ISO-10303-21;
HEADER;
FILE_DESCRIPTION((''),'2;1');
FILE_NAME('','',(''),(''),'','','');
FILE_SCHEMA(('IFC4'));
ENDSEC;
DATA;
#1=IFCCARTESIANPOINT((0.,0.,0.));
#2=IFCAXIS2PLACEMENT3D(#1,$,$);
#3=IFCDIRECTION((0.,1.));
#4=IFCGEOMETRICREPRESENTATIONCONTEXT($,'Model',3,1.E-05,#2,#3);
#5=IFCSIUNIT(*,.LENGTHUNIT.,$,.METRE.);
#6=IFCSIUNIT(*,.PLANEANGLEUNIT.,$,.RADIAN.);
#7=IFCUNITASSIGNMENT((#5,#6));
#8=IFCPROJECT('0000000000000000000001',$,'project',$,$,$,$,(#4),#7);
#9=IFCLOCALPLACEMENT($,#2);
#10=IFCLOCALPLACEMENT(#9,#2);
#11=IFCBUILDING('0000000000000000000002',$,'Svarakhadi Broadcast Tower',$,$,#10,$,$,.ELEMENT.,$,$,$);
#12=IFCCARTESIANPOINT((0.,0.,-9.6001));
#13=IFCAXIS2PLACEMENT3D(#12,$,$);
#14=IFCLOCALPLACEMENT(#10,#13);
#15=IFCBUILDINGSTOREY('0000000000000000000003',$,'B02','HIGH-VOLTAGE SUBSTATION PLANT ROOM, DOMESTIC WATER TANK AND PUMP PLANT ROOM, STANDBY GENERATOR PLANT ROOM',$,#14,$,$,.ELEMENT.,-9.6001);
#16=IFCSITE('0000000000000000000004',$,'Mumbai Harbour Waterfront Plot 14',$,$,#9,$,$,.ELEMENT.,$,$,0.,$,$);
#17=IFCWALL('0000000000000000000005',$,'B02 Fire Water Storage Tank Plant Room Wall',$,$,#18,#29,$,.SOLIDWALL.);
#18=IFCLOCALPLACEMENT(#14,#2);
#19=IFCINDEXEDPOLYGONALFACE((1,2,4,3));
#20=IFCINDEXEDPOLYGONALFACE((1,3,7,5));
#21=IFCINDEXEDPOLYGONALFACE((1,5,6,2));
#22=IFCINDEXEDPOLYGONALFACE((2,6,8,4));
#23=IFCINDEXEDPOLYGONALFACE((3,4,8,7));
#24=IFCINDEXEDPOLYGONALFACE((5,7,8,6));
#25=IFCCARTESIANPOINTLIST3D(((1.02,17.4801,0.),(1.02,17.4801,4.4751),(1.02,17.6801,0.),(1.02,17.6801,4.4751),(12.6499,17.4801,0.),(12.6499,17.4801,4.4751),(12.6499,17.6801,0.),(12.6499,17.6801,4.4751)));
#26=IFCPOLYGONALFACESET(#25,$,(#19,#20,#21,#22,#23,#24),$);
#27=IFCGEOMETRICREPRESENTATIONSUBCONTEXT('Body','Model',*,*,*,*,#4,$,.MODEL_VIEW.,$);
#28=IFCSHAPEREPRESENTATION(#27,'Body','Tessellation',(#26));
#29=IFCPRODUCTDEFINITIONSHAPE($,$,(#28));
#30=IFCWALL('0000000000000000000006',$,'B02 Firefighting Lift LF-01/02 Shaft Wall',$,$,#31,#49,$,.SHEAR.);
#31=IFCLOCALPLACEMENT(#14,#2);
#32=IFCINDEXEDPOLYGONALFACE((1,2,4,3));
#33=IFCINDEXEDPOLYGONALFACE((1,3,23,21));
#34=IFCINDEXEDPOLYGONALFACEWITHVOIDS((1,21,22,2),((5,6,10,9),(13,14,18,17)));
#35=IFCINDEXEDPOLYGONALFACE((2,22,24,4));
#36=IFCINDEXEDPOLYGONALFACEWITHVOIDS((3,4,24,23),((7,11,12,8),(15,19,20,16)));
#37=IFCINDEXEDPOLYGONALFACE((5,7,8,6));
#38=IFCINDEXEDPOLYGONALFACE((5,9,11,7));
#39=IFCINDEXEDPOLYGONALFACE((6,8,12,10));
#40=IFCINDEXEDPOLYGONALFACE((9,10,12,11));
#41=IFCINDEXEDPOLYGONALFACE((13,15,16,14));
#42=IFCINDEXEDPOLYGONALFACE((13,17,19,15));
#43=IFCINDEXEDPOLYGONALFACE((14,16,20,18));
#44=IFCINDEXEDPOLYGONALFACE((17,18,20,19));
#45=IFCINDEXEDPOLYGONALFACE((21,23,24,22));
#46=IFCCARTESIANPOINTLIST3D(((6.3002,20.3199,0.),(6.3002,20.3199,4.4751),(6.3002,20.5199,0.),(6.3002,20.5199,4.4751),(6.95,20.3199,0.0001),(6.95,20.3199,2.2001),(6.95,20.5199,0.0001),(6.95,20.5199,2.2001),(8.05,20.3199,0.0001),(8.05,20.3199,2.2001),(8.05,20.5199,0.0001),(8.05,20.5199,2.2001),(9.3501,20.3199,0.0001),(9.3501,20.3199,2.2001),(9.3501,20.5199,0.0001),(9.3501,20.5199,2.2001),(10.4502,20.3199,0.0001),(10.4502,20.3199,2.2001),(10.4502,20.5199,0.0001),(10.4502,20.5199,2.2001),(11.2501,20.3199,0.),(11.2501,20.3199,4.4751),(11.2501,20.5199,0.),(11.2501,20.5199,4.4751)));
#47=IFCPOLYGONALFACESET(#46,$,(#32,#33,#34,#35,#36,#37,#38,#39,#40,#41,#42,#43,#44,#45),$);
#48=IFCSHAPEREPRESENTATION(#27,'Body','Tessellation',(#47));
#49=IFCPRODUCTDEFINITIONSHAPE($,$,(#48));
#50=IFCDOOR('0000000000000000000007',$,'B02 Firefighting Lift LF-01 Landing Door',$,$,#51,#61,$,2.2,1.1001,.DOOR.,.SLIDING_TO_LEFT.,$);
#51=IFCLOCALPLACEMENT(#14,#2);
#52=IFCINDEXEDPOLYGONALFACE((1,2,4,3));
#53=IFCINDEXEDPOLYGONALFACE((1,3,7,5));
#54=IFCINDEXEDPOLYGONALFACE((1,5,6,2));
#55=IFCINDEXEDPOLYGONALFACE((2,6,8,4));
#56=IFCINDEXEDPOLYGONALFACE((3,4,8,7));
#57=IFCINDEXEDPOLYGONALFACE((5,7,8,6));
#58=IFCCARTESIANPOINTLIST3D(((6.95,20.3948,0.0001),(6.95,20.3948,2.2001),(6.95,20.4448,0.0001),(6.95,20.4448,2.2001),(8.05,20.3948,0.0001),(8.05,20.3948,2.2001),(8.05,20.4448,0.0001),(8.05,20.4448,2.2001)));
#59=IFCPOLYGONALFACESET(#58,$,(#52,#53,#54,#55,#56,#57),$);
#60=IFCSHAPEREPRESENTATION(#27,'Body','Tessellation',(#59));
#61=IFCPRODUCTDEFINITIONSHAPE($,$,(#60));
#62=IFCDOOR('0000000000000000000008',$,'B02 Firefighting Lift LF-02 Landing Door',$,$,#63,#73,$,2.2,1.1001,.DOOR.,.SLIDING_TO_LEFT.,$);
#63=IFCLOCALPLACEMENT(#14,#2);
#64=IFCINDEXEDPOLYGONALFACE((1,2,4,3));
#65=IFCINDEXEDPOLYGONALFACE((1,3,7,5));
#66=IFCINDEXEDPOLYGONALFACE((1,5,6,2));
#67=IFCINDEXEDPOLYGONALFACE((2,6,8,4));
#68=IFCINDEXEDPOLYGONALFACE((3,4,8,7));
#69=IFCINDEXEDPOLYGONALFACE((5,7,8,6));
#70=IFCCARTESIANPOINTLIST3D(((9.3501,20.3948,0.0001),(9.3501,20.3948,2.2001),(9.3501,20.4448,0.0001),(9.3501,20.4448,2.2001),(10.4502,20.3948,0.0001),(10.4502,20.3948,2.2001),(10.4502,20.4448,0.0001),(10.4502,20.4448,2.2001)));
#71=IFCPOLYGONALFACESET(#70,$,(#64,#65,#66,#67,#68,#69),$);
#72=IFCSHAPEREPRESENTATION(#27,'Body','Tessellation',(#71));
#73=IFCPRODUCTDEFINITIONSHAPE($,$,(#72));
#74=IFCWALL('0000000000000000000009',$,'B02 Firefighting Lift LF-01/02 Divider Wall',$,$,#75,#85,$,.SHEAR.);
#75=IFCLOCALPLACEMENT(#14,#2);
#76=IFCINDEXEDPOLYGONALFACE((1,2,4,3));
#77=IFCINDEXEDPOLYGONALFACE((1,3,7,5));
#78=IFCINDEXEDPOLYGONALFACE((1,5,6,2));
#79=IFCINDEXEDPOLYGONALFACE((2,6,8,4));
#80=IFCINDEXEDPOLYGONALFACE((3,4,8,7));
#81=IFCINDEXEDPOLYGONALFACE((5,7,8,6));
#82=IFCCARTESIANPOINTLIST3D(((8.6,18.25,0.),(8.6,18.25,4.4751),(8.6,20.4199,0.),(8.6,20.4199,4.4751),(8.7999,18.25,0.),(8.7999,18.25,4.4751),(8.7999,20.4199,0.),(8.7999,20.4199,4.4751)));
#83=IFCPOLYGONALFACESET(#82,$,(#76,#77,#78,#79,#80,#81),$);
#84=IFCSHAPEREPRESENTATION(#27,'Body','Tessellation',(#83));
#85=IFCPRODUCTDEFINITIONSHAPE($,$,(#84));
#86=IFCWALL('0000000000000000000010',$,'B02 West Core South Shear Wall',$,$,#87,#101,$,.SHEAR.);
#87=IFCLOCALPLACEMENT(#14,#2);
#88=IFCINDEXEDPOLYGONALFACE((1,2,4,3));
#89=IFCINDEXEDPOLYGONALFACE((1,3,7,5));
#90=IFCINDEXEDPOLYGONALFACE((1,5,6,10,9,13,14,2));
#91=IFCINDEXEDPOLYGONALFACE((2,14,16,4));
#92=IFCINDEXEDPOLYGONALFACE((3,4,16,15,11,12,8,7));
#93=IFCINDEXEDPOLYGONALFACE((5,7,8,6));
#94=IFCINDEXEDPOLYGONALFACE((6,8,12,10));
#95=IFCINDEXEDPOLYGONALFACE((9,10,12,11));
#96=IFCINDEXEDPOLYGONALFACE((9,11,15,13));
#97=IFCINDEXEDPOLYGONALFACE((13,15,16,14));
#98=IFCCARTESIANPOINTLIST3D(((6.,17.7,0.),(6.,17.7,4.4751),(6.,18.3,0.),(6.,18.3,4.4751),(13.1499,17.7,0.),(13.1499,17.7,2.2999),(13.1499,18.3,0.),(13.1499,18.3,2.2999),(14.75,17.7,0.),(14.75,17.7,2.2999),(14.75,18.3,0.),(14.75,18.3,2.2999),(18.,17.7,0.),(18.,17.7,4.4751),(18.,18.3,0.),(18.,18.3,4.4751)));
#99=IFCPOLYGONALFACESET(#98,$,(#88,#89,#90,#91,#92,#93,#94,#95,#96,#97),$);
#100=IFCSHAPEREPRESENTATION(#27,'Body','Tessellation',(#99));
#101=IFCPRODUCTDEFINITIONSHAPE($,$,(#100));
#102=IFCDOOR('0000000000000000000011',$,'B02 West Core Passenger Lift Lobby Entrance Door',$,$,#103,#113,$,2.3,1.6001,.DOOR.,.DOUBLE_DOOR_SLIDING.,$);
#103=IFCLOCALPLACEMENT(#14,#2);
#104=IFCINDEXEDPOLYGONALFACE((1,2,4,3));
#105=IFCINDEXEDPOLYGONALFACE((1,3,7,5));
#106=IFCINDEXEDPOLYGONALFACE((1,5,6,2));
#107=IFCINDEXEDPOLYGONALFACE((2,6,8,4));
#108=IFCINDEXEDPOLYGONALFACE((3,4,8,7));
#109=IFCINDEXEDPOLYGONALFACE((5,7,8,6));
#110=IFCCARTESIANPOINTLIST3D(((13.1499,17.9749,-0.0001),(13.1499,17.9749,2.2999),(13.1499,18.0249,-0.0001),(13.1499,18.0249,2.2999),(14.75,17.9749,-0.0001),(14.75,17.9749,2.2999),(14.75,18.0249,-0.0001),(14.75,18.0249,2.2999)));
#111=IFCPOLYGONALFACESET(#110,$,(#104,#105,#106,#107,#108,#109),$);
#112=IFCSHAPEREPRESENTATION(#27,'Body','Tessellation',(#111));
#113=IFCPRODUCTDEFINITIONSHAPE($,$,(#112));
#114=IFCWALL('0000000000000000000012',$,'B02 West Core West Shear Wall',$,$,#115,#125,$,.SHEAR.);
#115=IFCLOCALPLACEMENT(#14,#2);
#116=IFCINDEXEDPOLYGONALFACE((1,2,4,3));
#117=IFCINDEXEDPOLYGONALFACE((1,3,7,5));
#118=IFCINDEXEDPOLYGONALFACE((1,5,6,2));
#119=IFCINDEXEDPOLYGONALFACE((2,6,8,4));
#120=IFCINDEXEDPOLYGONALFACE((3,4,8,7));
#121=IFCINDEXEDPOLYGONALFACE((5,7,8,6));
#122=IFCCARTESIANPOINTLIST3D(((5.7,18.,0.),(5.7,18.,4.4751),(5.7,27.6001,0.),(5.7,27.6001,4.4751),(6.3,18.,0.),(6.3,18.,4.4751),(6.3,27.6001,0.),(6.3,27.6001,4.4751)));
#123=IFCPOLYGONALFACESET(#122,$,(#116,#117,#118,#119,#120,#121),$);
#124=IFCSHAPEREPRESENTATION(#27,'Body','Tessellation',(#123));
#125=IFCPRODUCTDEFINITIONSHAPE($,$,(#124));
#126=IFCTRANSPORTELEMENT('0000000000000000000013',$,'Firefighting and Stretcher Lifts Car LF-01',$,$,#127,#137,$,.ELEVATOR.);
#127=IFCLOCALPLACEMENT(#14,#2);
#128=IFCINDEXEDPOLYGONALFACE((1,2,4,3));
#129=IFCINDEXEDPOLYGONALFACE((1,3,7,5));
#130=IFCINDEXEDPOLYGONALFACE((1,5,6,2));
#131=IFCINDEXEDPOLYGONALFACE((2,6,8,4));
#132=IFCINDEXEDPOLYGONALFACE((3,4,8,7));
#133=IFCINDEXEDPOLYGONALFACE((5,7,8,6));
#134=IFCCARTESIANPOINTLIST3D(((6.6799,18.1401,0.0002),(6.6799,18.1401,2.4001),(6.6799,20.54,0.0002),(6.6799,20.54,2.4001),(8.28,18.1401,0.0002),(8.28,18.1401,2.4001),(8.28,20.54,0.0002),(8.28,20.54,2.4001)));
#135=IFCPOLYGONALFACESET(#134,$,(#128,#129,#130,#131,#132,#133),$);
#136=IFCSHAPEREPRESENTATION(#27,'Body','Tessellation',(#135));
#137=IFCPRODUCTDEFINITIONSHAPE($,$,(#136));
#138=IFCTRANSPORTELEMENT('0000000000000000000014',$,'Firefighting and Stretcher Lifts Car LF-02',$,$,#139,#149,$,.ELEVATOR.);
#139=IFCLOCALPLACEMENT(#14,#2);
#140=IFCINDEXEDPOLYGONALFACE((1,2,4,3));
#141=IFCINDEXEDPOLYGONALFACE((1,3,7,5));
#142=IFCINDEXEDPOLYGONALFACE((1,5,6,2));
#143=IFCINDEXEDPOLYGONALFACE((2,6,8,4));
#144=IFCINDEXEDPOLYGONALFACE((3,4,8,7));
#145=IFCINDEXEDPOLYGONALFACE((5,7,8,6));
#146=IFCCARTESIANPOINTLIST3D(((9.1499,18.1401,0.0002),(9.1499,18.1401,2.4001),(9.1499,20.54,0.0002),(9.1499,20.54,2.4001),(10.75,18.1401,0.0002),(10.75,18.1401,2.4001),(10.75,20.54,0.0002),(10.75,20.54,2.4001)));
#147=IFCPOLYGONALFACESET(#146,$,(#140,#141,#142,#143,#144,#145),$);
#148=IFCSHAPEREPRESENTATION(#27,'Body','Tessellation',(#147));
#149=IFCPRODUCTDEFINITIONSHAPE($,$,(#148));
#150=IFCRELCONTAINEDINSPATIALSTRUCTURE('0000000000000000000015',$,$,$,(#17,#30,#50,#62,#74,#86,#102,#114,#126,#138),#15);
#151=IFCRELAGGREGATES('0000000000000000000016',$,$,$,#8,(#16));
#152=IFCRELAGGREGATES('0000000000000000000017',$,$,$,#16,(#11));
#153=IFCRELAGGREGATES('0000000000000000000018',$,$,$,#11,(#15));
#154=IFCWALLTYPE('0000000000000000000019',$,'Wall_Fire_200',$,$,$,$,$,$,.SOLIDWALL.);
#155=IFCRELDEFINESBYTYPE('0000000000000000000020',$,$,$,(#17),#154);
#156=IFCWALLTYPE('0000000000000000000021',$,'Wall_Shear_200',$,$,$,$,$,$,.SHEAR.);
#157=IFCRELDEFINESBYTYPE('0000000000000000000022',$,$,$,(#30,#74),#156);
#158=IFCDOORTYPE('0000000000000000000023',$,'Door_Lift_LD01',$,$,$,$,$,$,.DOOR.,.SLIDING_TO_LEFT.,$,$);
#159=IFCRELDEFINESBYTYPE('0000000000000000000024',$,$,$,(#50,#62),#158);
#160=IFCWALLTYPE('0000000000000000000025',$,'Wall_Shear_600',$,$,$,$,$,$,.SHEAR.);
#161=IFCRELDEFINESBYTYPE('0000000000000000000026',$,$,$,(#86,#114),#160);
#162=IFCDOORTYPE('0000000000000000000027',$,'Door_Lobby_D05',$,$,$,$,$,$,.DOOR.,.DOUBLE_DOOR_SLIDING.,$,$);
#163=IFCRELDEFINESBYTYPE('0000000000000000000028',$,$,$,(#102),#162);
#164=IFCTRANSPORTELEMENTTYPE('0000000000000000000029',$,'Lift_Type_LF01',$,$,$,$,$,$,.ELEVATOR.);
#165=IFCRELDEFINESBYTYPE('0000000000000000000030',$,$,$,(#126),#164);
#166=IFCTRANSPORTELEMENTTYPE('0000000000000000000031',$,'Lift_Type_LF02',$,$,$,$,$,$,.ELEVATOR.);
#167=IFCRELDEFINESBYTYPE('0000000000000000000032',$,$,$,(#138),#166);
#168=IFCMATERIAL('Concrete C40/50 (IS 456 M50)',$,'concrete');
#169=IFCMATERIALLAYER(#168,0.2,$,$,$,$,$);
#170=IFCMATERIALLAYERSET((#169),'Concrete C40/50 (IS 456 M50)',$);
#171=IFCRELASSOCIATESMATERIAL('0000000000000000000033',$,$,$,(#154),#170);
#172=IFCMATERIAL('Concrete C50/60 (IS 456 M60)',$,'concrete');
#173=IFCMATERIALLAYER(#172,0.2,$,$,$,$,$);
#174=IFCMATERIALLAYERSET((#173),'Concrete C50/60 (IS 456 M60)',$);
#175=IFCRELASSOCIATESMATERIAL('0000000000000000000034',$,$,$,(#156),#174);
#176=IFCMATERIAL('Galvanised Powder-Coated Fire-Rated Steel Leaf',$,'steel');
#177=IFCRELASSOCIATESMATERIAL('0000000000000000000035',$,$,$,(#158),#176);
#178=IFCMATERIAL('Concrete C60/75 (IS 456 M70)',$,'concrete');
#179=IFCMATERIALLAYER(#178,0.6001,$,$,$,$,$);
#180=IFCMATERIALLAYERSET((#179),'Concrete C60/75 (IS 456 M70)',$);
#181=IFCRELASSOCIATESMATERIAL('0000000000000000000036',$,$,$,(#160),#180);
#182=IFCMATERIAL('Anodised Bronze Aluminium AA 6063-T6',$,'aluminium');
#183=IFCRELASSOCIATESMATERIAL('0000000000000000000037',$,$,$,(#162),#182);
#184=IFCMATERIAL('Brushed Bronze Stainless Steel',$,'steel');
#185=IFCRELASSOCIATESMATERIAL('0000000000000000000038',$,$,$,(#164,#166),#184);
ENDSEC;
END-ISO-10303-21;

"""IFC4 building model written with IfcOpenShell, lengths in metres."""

from ifc_helpers import new_model, si_unit, direction, frame, frame_2d, origin, origin_2d, place, context, subcontext, project, spatial, rectangle, extrude, material, layer, layer_set, type_object, element, fill, save


model = new_model("IFC4")

# Units and contexts
model_context = context("Model", 3, precision=1e-05, world=origin(), true_north=direction((0.0, 1.0)))
body_context = subcontext(model_context, "Body", "Model", "MODEL_VIEW")
ifc_project = project(units=[si_unit("LENGTHUNIT", "METRE"), si_unit("PLANEANGLEUNIT", "RADIAN")], contexts=[model_context])

# Site, building, storey
site_placement = place(None, origin())
site = spatial("IfcSite", under=ifc_project, at=site_placement, Name="Mumbai Harbour Waterfront Plot 14", CompositionType="ELEMENT", RefElevation=0.0)
building_placement = place(site_placement, origin())
building = spatial("IfcBuilding", under=site, at=building_placement, Name="Svarakhadi Broadcast Tower", CompositionType="ELEMENT")
storey_placement = place(building_placement, frame((0.0, 0.0, -9.6001)))
storey = spatial("IfcBuildingStorey", under=building, at=storey_placement, Name="B02", Description="HIGH-VOLTAGE SUBSTATION PLANT ROOM, DOMESTIC WATER TANK AND PUMP PLANT ROOM, STANDBY GENERATOR PLANT ROOM", CompositionType="ELEMENT", Elevation=-9.6001)

# Shared definitions
ifc_material_1 = material(Name="Concrete C60/75 (IS 456 M70)", Category="concrete")

# Wall
ifc_material_2 = material(Name="Concrete C40/50 (IS 456 M50)", Category="concrete")
ifc_layer_1 = layer(ifc_material_2, 0.2)
ifc_layer_set_1 = layer_set([ifc_layer_1], Name="Concrete C40/50 (IS 456 M50)")
wall_type_1 = type_object("IfcWallType", Name="Wall_Fire_200", PredefinedType="SOLIDWALL", material=ifc_layer_set_1)
for number, where, z_axis, x_axis, name in (
    (1, (1.02, 17.5801, 0.0), (0.0, 0.0, 1.0), (1.0, 0.0, 0.0), "B02 Fire Water Storage Tank Plant Room Wall"),
):
    element("IfcWall", number, at=place(storey_placement, frame(where, z_axis=z_axis, x_axis=x_axis)), inside=storey, type_object=wall_type_1, Name=name, PredefinedType="SOLIDWALL", context=body_context, shape_type="SweptSolid", body=[
        extrude(rectangle(XDim=11.6299, YDim=0.2, at=frame_2d((5.8149, 0.0))), origin(), (0.0, 0.0, 1.0), 4.4751),
    ])

# Wall, openings, doors
ifc_material_3 = material(Name="Concrete C50/60 (IS 456 M60)", Category="concrete")
ifc_layer_2 = layer(ifc_material_3, 0.2)
ifc_layer_set_2 = layer_set([ifc_layer_2], Name="Concrete C50/60 (IS 456 M60)")
wall_type_2 = type_object("IfcWallType", Name="Wall_Shear_200", PredefinedType="SHEAR", material=ifc_layer_set_2)
wall_1_placement = place(storey_placement, frame((6.3, 20.4199, 0.0), z_axis=(0.0, 0.0, 1.0), x_axis=(1.0, 0.0, 0.0)))
wall_1 = element("IfcWall", 2, at=wall_1_placement, inside=storey, type_object=wall_type_2, Name="B02 Firefighting Lift LF-01/02 Shaft Wall", PredefinedType="SHEAR", context=body_context, shape_type="SweptSolid", body=[
    extrude(rectangle(XDim=4.95, YDim=0.2, at=frame_2d((2.4751, 0.0))), origin(), (0.0, 0.0, 1.0), 4.4751),
])
opening_1_placement = place(wall_1_placement, frame((0.6499, 0.0, 0.0)))
opening_1 = element("IfcOpeningElement", 3, at=opening_1_placement, cuts=wall_1, PredefinedType="OPENING", context=body_context, shape_type="SweptSolid", body=[
    extrude(rectangle(XDim=1.1001, YDim=2.2, at=frame_2d((0.55, 1.1001))), frame((0.0, 0.1099, 0.0), z_axis=(0.0, -1.0, 0.0), x_axis=(1.0, 0.0, 0.0)), (0.0, 0.0, 1.0), 0.22),
])
opening_2_placement = place(wall_1_placement, frame((3.05, 0.0, 0.0)))
opening_2 = element("IfcOpeningElement", 4, at=opening_2_placement, cuts=wall_1, PredefinedType="OPENING", context=body_context, shape_type="SweptSolid", body=[
    extrude(rectangle(XDim=1.1001, YDim=2.2, at=frame_2d((0.55, 1.1001))), frame((0.0, 0.1099, 0.0), z_axis=(0.0, -1.0, 0.0), x_axis=(1.0, 0.0, 0.0)), (0.0, 0.0, 1.0), 0.22),
])
ifc_material_4 = material(Name="Galvanised Powder-Coated Fire-Rated Steel Leaf", Category="steel")
door_type_1 = type_object("IfcDoorType", Name="Door_Lift_LD01", OperationType="SLIDING_TO_LEFT", PredefinedType="DOOR", material=ifc_material_4)
door_1_placement = place(opening_1_placement, origin())
door_1 = element("IfcDoor", 5, at=door_1_placement, inside=storey, type_object=door_type_1, Name="B02 Firefighting Lift LF-01 Landing Door", OperationType="SLIDING_TO_LEFT", OverallHeight=2.2, OverallWidth=1.1001, PredefinedType="DOOR", context=body_context, shape_type="SweptSolid", body=[
    extrude(rectangle(XDim=1.1001, YDim=2.2, at=frame_2d((0.55, 1.1001))), frame((0.0, 0.0249, 0.0), z_axis=(0.0, -1.0, 0.0), x_axis=(1.0, 0.0, 0.0)), (0.0, 0.0, 1.0), 0.05),
])
fill(opening_1, door_1)
door_2_placement = place(opening_2_placement, origin())
door_2 = element("IfcDoor", 6, at=door_2_placement, inside=storey, type_object=door_type_1, Name="B02 Firefighting Lift LF-02 Landing Door", OperationType="SLIDING_TO_LEFT", OverallHeight=2.2, OverallWidth=1.1001, PredefinedType="DOOR", context=body_context, shape_type="SweptSolid", body=[
    extrude(rectangle(XDim=1.1001, YDim=2.2, at=frame_2d((0.55, 1.1001))), frame((0.0, 0.0249, 0.0), z_axis=(0.0, -1.0, 0.0), x_axis=(1.0, 0.0, 0.0)), (0.0, 0.0, 1.0), 0.05),
])
fill(opening_2, door_2)

# Wall
wall_2_placement = place(storey_placement, frame((8.7, 18.25, 0.0), z_axis=(0.0, 0.0, 1.0), x_axis=(0.0, 1.0, 0.0)))
element("IfcWall", 7, at=wall_2_placement, inside=storey, type_object=wall_type_2, Name="B02 Firefighting Lift LF-01/02 Divider Wall", PredefinedType="SHEAR", context=body_context, shape_type="SweptSolid", body=[
    extrude(rectangle(XDim=2.1699, YDim=0.2, at=frame_2d((1.085, 0.0))), origin(), (0.0, 0.0, 1.0), 4.4751),
])

# Wall, opening, door
ifc_layer_3 = layer(ifc_material_1, 0.6001)
ifc_layer_set_3 = layer_set([ifc_layer_3], Name="Concrete C60/75 (IS 456 M70)")
wall_type_3 = type_object("IfcWallType", Name="Wall_Shear_600", PredefinedType="SHEAR", material=ifc_layer_set_3)
wall_3_placement = place(storey_placement, frame((6.0, 18.0, 0.0), z_axis=(0.0, 0.0, 1.0), x_axis=(1.0, 0.0, 0.0)))
wall_3 = element("IfcWall", 8, at=wall_3_placement, inside=storey, type_object=wall_type_3, Name="B02 West Core South Shear Wall", PredefinedType="SHEAR", context=body_context, shape_type="SweptSolid", body=[
    extrude(rectangle(XDim=12.0, YDim=0.6001, at=frame_2d((6.0, 0.0))), origin(), (0.0, 0.0, 1.0), 4.4751),
])
opening_3_placement = place(wall_3_placement, frame((7.1499, 0.0, 0.0)))
opening_3 = element("IfcOpeningElement", 9, at=opening_3_placement, cuts=wall_3, PredefinedType="OPENING", context=body_context, shape_type="SweptSolid", body=[
    extrude(rectangle(XDim=1.6001, YDim=2.3, at=frame_2d((0.8, 1.1499))), frame((0.0, 0.3101, 0.0), z_axis=(0.0, -1.0, 0.0), x_axis=(1.0, 0.0, 0.0)), (0.0, 0.0, 1.0), 0.6201),
])
ifc_material_5 = material(Name="Anodised Bronze Aluminium AA 6063-T6", Category="aluminium")
door_type_2 = type_object("IfcDoorType", Name="Door_Lobby_D05", OperationType="DOUBLE_DOOR_SLIDING", PredefinedType="DOOR", material=ifc_material_5)
door_3_placement = place(opening_3_placement, origin())
door_3 = element("IfcDoor", 10, at=door_3_placement, inside=storey, type_object=door_type_2, Name="B02 West Core Passenger Lift Lobby Entrance Door", OperationType="DOUBLE_DOOR_SLIDING", OverallHeight=2.3, OverallWidth=1.6001, PredefinedType="DOOR", context=body_context, shape_type="SweptSolid", body=[
    extrude(rectangle(XDim=1.6001, YDim=2.3, at=frame_2d((0.8, 1.1499))), frame((0.0, 0.0249, 0.0), z_axis=(0.0, -1.0, 0.0), x_axis=(1.0, 0.0, 0.0)), (0.0, 0.0, 1.0), 0.05),
])
fill(opening_3, door_3)

# Wall
wall_4_placement = place(storey_placement, frame((6.0, 18.0, 0.0), z_axis=(0.0, 0.0, 1.0), x_axis=(0.0, 1.0, 0.0)))
element("IfcWall", 11, at=wall_4_placement, inside=storey, type_object=wall_type_3, Name="B02 West Core West Shear Wall", PredefinedType="SHEAR", context=body_context, shape_type="SweptSolid", body=[
    extrude(rectangle(XDim=9.6001, YDim=0.6001, at=frame_2d((4.8, 0.0))), origin(), (0.0, 0.0, 1.0), 4.4751),
])

# Transport elements
ifc_material_6 = material(Name="Brushed Bronze Stainless Steel", Category="steel")
transport_element_type_1 = type_object("IfcTransportElementType", Name="Lift_Type_LF01", PredefinedType="ELEVATOR", material=ifc_material_6)
transport_element_1_placement = place(storey_placement, frame((7.48, 19.3401, 0.0002), z_axis=(0.0, 0.0, 1.0), x_axis=(1.0, 0.0, 0.0)))
element("IfcTransportElement", 12, at=transport_element_1_placement, inside=storey, type_object=transport_element_type_1, Name="Firefighting and Stretcher Lifts Car LF-01", PredefinedType="ELEVATOR", context=body_context, shape_type="SweptSolid", body=[
    extrude(rectangle(XDim=1.6001, YDim=2.3999, at=origin_2d()), origin(), (0.0, 0.0, 1.0), 2.3999),
])
transport_element_type_2 = type_object("IfcTransportElementType", Name="Lift_Type_LF02", PredefinedType="ELEVATOR", material=ifc_material_6)
transport_element_2_placement = place(storey_placement, frame((9.95, 19.3401, 0.0002), z_axis=(0.0, 0.0, 1.0), x_axis=(1.0, 0.0, 0.0)))
element("IfcTransportElement", 13, at=transport_element_2_placement, inside=storey, type_object=transport_element_type_2, Name="Firefighting and Stretcher Lifts Car LF-02", PredefinedType="ELEVATOR", context=body_context, shape_type="SweptSolid", body=[
    extrude(rectangle(XDim=1.6001, YDim=2.3999, at=origin_2d()), origin(), (0.0, 0.0, 1.0), 2.3999),
])

save(model, "model.ifc")
